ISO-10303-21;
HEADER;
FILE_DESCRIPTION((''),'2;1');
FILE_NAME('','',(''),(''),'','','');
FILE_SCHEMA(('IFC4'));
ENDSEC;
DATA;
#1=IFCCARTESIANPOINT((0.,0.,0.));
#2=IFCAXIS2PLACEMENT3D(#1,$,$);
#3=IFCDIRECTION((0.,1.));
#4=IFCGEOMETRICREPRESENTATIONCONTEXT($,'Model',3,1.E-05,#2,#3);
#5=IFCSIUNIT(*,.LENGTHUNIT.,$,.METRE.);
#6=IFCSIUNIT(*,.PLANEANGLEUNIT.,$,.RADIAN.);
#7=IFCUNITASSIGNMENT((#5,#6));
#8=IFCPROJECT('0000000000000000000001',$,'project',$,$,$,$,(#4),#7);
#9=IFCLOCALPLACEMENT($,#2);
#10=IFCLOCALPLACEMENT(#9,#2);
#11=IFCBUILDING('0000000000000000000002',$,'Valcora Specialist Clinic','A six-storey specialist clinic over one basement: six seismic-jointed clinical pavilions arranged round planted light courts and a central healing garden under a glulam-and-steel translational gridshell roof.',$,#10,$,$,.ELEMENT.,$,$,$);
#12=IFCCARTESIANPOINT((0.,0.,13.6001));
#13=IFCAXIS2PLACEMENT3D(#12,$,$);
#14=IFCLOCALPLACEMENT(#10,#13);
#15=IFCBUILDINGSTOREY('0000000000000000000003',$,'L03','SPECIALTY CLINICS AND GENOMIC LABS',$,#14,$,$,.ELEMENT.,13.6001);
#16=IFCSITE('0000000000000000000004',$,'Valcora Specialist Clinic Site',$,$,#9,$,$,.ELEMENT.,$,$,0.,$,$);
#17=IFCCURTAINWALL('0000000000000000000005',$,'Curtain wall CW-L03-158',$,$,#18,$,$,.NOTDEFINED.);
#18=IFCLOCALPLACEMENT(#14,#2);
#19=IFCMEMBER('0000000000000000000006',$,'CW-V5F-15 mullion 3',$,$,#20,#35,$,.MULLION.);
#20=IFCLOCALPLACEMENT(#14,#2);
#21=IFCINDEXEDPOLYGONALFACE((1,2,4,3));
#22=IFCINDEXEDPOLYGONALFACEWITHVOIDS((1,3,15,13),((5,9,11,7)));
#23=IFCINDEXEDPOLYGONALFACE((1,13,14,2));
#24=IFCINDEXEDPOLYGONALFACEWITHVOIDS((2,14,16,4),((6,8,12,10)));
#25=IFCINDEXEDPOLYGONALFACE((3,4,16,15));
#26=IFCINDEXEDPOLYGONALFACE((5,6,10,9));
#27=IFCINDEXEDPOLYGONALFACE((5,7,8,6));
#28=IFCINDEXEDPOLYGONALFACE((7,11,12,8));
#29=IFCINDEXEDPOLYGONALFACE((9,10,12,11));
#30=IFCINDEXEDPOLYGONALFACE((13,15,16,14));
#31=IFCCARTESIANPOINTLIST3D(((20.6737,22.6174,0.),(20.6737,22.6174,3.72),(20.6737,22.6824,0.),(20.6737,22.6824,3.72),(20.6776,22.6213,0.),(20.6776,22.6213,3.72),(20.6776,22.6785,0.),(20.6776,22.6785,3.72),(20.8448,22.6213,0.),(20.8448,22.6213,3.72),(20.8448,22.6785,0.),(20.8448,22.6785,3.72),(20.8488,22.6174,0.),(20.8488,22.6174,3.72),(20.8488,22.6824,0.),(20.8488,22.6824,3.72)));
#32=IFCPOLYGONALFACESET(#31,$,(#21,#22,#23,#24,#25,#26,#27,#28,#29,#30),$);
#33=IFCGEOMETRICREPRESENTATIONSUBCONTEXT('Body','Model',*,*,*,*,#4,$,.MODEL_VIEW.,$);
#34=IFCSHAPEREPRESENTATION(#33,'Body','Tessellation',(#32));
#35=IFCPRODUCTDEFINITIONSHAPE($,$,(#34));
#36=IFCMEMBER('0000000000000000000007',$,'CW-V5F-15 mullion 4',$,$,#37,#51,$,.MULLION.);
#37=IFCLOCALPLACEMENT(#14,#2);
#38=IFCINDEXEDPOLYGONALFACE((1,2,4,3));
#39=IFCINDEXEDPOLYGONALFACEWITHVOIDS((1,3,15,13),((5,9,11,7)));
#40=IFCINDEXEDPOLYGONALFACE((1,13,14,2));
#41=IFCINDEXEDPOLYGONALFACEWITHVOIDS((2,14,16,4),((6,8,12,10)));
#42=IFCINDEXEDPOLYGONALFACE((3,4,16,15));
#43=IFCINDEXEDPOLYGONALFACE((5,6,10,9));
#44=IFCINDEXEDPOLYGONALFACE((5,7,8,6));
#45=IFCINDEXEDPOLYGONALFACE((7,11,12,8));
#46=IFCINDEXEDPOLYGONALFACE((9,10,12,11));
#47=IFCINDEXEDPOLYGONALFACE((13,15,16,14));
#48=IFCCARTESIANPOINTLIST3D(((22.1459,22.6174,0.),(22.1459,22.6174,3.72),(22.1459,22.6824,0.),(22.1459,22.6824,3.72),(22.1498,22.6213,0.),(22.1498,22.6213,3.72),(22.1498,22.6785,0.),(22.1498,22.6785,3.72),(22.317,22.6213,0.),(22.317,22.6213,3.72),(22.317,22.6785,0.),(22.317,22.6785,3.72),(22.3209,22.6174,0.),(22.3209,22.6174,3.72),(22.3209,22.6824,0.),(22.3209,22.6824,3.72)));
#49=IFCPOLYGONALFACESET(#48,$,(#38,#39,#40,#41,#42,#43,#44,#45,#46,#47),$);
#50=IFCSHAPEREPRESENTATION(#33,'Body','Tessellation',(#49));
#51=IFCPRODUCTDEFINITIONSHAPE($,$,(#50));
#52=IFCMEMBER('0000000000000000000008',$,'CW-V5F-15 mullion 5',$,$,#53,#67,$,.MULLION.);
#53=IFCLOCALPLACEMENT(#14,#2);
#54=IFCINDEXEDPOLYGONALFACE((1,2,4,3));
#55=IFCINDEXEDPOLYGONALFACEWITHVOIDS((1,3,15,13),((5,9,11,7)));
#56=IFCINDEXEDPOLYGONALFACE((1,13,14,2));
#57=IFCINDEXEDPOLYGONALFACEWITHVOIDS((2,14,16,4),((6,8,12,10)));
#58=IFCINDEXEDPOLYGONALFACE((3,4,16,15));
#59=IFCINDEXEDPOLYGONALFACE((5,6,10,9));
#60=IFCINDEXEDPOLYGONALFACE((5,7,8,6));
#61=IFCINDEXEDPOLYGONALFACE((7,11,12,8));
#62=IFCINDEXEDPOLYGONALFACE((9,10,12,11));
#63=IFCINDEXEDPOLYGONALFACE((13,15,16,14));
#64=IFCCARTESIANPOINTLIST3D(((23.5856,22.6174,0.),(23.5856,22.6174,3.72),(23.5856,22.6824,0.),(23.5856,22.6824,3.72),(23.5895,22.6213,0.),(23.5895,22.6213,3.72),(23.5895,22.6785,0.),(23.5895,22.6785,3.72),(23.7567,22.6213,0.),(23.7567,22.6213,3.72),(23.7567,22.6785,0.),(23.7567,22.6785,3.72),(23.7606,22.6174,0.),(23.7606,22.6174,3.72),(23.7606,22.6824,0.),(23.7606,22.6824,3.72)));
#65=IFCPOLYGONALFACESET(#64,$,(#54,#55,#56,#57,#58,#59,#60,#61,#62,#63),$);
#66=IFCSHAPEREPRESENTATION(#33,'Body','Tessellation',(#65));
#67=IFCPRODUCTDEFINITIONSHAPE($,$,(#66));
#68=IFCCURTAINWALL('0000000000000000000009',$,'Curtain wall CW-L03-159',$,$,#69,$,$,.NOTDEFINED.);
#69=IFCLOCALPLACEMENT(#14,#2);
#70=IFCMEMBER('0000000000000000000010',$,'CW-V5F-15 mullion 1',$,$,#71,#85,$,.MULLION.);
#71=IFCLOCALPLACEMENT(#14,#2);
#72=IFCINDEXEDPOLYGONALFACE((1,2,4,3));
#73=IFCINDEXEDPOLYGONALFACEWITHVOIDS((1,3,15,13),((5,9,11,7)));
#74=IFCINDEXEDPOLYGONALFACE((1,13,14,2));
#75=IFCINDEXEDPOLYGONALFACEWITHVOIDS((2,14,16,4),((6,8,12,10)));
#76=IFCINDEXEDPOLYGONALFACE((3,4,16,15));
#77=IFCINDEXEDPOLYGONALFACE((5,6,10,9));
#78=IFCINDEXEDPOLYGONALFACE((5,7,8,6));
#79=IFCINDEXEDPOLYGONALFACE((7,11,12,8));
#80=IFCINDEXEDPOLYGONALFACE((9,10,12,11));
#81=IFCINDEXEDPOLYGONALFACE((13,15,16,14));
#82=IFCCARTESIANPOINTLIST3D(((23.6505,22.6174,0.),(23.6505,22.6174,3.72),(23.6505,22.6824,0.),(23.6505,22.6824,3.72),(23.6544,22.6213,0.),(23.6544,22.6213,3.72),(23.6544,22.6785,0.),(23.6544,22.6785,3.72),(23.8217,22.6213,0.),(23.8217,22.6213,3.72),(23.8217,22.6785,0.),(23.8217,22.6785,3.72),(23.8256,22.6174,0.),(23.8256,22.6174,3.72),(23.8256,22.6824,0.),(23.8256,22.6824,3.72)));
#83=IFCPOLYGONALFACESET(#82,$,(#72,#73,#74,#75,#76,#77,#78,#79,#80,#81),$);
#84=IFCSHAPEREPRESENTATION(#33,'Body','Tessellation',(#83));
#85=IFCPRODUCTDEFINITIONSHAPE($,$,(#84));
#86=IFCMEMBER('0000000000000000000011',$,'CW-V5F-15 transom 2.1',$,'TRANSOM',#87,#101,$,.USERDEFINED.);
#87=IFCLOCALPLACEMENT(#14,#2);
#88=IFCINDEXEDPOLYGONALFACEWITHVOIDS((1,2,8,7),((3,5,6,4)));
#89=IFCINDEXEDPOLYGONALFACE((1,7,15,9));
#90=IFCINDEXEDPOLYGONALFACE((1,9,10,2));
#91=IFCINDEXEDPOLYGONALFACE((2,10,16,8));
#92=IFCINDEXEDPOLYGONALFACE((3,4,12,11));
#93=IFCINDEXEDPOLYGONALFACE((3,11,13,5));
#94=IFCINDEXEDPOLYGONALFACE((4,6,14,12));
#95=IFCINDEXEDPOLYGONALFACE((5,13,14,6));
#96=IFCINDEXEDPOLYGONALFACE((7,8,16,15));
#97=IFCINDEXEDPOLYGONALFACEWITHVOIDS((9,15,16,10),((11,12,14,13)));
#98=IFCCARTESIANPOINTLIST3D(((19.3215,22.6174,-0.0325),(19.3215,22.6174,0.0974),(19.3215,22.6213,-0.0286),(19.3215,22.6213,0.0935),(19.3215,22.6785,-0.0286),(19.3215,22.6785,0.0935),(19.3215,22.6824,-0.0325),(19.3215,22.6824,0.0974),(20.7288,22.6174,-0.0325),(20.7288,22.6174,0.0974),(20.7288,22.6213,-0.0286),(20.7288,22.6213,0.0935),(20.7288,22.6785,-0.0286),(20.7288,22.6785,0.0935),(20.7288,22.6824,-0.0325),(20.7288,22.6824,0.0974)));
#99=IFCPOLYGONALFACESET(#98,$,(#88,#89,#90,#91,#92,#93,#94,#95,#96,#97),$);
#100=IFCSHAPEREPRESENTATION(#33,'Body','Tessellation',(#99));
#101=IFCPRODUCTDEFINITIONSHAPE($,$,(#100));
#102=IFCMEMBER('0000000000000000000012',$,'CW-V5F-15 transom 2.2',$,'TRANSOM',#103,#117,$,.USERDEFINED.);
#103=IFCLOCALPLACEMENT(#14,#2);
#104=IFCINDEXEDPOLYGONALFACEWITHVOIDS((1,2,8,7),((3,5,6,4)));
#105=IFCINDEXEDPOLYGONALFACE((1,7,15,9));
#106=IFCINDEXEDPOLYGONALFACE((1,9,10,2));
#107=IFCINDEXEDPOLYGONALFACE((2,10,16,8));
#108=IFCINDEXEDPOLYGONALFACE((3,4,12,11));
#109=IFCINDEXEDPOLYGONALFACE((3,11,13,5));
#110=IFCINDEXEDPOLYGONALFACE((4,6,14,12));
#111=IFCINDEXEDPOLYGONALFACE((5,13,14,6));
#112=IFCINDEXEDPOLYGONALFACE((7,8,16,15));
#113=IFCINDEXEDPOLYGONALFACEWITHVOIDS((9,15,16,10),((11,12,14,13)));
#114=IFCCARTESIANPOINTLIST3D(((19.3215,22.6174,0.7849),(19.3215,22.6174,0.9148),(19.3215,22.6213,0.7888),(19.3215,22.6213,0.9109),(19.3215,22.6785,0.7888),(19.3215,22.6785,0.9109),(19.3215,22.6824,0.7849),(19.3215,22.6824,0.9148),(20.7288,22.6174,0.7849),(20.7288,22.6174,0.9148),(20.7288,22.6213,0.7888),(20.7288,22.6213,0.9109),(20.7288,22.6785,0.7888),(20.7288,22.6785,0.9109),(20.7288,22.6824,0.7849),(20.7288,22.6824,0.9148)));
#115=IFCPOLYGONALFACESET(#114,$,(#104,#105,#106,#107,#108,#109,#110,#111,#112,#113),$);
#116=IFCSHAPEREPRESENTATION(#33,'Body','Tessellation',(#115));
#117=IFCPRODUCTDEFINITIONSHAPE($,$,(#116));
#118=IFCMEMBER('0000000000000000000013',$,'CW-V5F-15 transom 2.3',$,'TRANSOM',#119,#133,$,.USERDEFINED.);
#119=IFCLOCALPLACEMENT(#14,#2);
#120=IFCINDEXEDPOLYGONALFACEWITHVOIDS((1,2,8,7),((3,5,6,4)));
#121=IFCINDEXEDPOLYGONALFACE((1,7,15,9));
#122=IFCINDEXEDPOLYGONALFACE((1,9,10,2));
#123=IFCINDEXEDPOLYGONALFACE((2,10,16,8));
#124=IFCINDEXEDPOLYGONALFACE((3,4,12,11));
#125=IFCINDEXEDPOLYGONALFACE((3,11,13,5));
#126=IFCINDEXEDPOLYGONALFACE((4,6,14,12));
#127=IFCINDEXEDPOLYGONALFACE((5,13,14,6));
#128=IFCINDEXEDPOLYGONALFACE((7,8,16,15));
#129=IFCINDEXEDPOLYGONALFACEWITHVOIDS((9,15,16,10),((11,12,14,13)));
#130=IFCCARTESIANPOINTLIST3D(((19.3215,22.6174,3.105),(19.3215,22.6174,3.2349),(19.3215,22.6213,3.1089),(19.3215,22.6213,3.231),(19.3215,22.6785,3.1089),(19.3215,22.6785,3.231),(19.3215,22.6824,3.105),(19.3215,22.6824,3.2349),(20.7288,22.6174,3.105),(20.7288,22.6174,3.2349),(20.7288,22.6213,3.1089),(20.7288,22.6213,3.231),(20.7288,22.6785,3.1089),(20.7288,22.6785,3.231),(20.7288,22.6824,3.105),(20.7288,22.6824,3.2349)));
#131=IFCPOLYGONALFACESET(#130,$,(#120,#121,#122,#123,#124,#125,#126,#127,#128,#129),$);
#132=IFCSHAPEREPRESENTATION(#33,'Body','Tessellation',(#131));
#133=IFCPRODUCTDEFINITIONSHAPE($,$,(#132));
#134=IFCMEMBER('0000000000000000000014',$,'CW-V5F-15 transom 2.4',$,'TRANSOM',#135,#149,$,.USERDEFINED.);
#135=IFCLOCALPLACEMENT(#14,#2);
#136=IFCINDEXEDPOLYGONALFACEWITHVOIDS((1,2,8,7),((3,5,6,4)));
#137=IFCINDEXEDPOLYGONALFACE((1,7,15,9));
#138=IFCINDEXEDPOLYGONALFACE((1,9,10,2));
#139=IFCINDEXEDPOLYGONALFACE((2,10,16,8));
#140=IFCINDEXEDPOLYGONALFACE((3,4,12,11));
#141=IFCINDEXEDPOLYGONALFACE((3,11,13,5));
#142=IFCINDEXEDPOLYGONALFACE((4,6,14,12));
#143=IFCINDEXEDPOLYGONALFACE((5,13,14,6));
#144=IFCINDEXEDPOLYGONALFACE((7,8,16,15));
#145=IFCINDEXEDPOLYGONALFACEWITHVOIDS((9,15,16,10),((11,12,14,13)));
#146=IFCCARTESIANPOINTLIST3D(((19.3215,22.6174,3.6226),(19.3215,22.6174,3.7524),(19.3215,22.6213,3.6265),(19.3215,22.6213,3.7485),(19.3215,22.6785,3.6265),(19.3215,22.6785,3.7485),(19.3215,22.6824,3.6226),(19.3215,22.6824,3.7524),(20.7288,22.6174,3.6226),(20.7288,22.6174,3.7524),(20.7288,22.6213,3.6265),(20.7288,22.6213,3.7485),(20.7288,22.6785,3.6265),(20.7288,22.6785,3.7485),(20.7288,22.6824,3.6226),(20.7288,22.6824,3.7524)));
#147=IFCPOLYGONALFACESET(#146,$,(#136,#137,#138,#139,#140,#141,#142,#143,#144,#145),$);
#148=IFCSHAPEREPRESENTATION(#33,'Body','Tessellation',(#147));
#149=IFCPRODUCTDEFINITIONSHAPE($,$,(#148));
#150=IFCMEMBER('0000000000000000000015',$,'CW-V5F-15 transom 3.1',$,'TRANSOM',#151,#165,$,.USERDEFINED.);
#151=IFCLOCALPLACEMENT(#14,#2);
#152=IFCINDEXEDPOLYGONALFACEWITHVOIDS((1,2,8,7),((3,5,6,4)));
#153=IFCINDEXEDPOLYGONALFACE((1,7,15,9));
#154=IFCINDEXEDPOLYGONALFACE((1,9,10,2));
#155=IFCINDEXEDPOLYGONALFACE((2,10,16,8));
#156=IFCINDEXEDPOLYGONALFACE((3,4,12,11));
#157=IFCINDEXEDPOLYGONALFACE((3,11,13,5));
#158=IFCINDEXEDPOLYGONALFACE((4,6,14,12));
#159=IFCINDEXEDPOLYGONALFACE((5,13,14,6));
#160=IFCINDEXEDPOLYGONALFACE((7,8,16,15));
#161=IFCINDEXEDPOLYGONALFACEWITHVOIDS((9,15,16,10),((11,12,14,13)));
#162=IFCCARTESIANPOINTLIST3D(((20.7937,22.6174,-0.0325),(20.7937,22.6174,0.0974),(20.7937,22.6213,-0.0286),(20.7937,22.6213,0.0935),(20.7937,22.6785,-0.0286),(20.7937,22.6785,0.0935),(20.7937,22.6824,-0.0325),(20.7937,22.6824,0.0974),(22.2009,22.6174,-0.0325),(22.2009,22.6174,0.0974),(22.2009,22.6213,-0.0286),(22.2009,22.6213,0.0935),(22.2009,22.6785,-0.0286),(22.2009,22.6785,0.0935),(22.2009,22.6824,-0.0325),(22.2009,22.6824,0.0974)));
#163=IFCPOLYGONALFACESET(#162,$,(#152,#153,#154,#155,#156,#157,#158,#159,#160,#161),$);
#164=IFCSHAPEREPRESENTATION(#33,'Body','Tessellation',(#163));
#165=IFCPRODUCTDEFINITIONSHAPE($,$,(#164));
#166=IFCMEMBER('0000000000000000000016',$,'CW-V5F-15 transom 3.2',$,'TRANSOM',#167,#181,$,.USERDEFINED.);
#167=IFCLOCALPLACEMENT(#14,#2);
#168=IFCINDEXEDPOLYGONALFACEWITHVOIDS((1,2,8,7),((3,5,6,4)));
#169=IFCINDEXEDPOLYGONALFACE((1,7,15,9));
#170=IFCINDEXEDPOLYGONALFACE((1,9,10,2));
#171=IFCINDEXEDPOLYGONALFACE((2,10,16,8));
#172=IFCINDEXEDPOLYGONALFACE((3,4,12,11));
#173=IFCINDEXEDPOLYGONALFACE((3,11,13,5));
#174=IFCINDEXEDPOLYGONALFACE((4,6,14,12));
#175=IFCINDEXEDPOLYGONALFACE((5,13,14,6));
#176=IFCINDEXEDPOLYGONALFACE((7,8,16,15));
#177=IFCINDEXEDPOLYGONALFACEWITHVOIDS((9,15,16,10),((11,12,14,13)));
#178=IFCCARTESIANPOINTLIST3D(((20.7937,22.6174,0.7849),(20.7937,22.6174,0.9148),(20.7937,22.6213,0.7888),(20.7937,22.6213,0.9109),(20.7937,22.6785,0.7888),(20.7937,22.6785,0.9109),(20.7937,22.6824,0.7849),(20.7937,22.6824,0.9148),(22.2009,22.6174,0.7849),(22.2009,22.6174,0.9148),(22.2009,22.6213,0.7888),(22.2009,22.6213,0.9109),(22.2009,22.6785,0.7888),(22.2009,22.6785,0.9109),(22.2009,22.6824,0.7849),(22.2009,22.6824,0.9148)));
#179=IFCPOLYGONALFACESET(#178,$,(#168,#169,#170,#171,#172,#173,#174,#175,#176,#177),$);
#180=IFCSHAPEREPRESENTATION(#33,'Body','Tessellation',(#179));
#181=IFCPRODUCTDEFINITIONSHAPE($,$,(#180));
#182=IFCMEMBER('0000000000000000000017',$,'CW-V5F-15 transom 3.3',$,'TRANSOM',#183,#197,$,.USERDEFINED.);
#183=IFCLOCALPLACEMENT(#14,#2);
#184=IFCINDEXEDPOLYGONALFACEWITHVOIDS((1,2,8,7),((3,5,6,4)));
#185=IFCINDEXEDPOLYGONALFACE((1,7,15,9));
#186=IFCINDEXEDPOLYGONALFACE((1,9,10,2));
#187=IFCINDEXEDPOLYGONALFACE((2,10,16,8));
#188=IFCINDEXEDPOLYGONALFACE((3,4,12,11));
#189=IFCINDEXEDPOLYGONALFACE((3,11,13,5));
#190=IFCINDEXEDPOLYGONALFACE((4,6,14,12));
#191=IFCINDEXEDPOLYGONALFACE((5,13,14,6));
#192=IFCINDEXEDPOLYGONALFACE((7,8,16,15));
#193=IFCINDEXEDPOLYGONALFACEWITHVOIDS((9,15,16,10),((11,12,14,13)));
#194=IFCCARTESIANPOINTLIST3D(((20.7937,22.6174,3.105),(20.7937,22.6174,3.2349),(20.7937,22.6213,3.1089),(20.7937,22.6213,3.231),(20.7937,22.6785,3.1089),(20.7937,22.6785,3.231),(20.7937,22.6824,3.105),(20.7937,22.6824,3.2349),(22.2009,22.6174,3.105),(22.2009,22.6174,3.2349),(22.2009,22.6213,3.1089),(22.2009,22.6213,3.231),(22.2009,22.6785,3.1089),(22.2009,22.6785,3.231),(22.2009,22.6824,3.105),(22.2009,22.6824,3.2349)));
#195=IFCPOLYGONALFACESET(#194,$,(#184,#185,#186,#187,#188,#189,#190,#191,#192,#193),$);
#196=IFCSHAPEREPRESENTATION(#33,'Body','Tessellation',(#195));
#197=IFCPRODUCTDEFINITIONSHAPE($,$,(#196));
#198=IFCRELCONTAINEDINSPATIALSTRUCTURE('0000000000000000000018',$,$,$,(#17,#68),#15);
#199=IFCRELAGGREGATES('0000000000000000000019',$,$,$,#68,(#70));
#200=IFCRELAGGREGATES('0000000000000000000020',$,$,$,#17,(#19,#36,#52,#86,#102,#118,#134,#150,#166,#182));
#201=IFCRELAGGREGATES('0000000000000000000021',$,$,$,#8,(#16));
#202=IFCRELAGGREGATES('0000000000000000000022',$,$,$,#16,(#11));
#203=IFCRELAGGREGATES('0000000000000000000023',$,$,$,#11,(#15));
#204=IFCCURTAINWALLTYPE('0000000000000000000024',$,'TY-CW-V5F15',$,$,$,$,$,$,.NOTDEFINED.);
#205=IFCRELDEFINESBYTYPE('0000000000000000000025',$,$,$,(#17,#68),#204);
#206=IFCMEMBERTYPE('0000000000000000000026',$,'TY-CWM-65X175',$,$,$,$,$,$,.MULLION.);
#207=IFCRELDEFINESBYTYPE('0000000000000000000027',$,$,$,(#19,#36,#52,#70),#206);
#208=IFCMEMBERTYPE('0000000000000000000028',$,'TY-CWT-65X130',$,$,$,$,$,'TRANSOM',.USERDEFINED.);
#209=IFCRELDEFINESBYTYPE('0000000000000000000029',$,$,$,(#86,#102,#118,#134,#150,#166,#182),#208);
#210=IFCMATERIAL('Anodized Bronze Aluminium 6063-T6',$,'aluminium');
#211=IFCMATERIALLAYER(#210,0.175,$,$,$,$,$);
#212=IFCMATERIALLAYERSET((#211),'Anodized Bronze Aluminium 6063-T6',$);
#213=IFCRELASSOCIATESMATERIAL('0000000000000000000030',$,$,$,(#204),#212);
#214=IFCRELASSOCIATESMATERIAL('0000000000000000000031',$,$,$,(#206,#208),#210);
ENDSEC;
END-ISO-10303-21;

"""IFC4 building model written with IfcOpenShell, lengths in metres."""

from ifc_helpers import new_model, si_unit, direction, frame, origin, origin_2d, place, context, subcontext, project, spatial, hollow_rectangle, extrude, material, layer, layer_set, material_profile, profile_set, type_object, element, aggregate, save


model = new_model("IFC4")

# Units and contexts
model_context = context("Model", 3, precision=1e-05, world=origin(), true_north=direction((0.0, 1.0)))
body_context = subcontext(model_context, "Body", "Model", "MODEL_VIEW")
ifc_project = project(units=[si_unit("LENGTHUNIT", "METRE"), si_unit("PLANEANGLEUNIT", "RADIAN")], contexts=[model_context])

# Site, building, storey
site_placement = place(None, origin())
site = spatial("IfcSite", under=ifc_project, at=site_placement, Name="Valcora Specialist Clinic Site", CompositionType="ELEMENT", RefElevation=0.0)
building_placement = place(site_placement, origin())
building = spatial("IfcBuilding", under=site, at=building_placement, Name="Valcora Specialist Clinic", Description="A six-storey specialist clinic over one basement: six seismic-jointed clinical pavilions arranged round planted light courts and a central healing garden under a glulam-and-steel translational gridshell roof.", CompositionType="ELEMENT")
storey_placement = place(building_placement, frame((0.0, 0.0, 13.6001)))
storey = spatial("IfcBuildingStorey", under=building, at=storey_placement, Name="L03", Description="SPECIALTY CLINICS AND GENOMIC LABS", CompositionType="ELEMENT", Elevation=13.6001)

# Curtain wall, members
ifc_material_1 = material(Name="Anodized Bronze Aluminium 6063-T6", Category="aluminium")
ifc_layer_1 = layer(ifc_material_1, 0.175)
ifc_layer_set_1 = layer_set([ifc_layer_1], Name="Anodized Bronze Aluminium 6063-T6")
curtain_wall_type = type_object("IfcCurtainWallType", Name="TY-CW-V5F15", PredefinedType="NOTDEFINED", material=ifc_layer_set_1)
curtain_wall_1_placement = place(storey_placement, origin())
curtain_wall_1 = element("IfcCurtainWall", 1, at=curtain_wall_1_placement, inside=storey, type_object=curtain_wall_type, Name="Curtain wall CW-L03-158", PredefinedType="NOTDEFINED")
ifc_material_profile_1 = material_profile(ifc_material_1, hollow_rectangle(XDim=0.0649, YDim=0.175, WallThickness=0.0039, at=origin_2d()), Name="AL-MUL-65X175")
ifc_profile_set_1 = profile_set([ifc_material_profile_1], Name="Anodized Bronze Aluminium 6063-T6")
member_type_1 = type_object("IfcMemberType", Name="TY-CWM-65X175", PredefinedType="MULLION", material=ifc_profile_set_1)
member_1_placement = place(storey_placement, frame((20.7612, 22.6499, 0.0), z_axis=(0.0, 0.0, 1.0), x_axis=(0.0, 1.0, 0.0)))
member_1 = element("IfcMember", 2, at=member_1_placement, type_object=member_type_1, Name="CW-V5F-15 mullion 3", PredefinedType="MULLION", context=body_context, shape_type="SweptSolid", body=[
    extrude(hollow_rectangle(XDim=0.0649, YDim=0.175, WallThickness=0.0039, at=origin_2d()), origin(), (0.0, 0.0, 1.0), 3.72),
])
member_2_placement = place(storey_placement, frame((22.2334, 22.6499, 0.0), z_axis=(0.0, 0.0, 1.0), x_axis=(0.0, 1.0, 0.0)))
member_2 = element("IfcMember", 3, at=member_2_placement, type_object=member_type_1, Name="CW-V5F-15 mullion 4", PredefinedType="MULLION", context=body_context, shape_type="SweptSolid", body=[
    extrude(hollow_rectangle(XDim=0.0649, YDim=0.175, WallThickness=0.0039, at=origin_2d()), origin(), (0.0, 0.0, 1.0), 3.72),
])
member_3_placement = place(storey_placement, frame((23.6731, 22.6499, 0.0), z_axis=(0.0, 0.0, 1.0), x_axis=(0.0, 1.0, 0.0)))
member_3 = element("IfcMember", 4, at=member_3_placement, type_object=member_type_1, Name="CW-V5F-15 mullion 5", PredefinedType="MULLION", context=body_context, shape_type="SweptSolid", body=[
    extrude(hollow_rectangle(XDim=0.0649, YDim=0.175, WallThickness=0.0039, at=origin_2d()), origin(), (0.0, 0.0, 1.0), 3.72),
])

# Curtain wall, member
curtain_wall_2_placement = place(storey_placement, origin())
curtain_wall_2 = element("IfcCurtainWall", 5, at=curtain_wall_2_placement, inside=storey, type_object=curtain_wall_type, Name="Curtain wall CW-L03-159", PredefinedType="NOTDEFINED")
member_4_placement = place(storey_placement, frame((23.738, 22.6499, 0.0), z_axis=(0.0, 0.0, 1.0), x_axis=(0.0, 1.0, 0.0)))
member_4 = element("IfcMember", 6, at=member_4_placement, type_object=member_type_1, Name="CW-V5F-15 mullion 1", PredefinedType="MULLION", context=body_context, shape_type="SweptSolid", body=[
    extrude(hollow_rectangle(XDim=0.0649, YDim=0.175, WallThickness=0.0039, at=origin_2d()), origin(), (0.0, 0.0, 1.0), 3.72),
])

# Members
ifc_material_profile_2 = material_profile(ifc_material_1, hollow_rectangle(XDim=0.0649, YDim=0.1299, WallThickness=0.0039, at=origin_2d()), Name="AL-TRN-65X130")
ifc_profile_set_2 = profile_set([ifc_material_profile_2], Name="Anodized Bronze Aluminium 6063-T6")
member_type_2 = type_object("IfcMemberType", Name="TY-CWT-65X130", ElementType="TRANSOM", PredefinedType="USERDEFINED", material=ifc_profile_set_2)
member_5_placement = place(storey_placement, frame((19.3215, 22.6499, 0.0325), z_axis=(1.0, 0.0, 0.0), x_axis=(0.0, 1.0, 0.0)))
member_5 = element("IfcMember", 7, at=member_5_placement, type_object=member_type_2, Name="CW-V5F-15 transom 2.1", ObjectType="TRANSOM", PredefinedType="USERDEFINED", context=body_context, shape_type="SweptSolid", body=[
    extrude(hollow_rectangle(XDim=0.0649, YDim=0.1299, WallThickness=0.0039, at=origin_2d()), origin(), (0.0, 0.0, 1.0), 1.4072),
])
member_6_placement = place(storey_placement, frame((19.3215, 22.6499, 0.8499), z_axis=(1.0, 0.0, 0.0), x_axis=(0.0, 1.0, 0.0)))
member_6 = element("IfcMember", 8, at=member_6_placement, type_object=member_type_2, Name="CW-V5F-15 transom 2.2", ObjectType="TRANSOM", PredefinedType="USERDEFINED", context=body_context, shape_type="SweptSolid", body=[
    extrude(hollow_rectangle(XDim=0.0649, YDim=0.1299, WallThickness=0.0039, at=origin_2d()), origin(), (0.0, 0.0, 1.0), 1.4072),
])
member_7_placement = place(storey_placement, frame((19.3215, 22.6499, 3.1699), z_axis=(1.0, 0.0, 0.0), x_axis=(0.0, 1.0, 0.0)))
member_7 = element("IfcMember", 9, at=member_7_placement, type_object=member_type_2, Name="CW-V5F-15 transom 2.3", ObjectType="TRANSOM", PredefinedType="USERDEFINED", context=body_context, shape_type="SweptSolid", body=[
    extrude(hollow_rectangle(XDim=0.0649, YDim=0.1299, WallThickness=0.0039, at=origin_2d()), origin(), (0.0, 0.0, 1.0), 1.4072),
])
member_8_placement = place(storey_placement, frame((19.3215, 22.6499, 3.6875), z_axis=(1.0, 0.0, 0.0), x_axis=(0.0, 1.0, 0.0)))
member_8 = element("IfcMember", 10, at=member_8_placement, type_object=member_type_2, Name="CW-V5F-15 transom 2.4", ObjectType="TRANSOM", PredefinedType="USERDEFINED", context=body_context, shape_type="SweptSolid", body=[
    extrude(hollow_rectangle(XDim=0.0649, YDim=0.1299, WallThickness=0.0039, at=origin_2d()), origin(), (0.0, 0.0, 1.0), 1.4072),
])
member_9_placement = place(storey_placement, frame((20.7937, 22.6499, 0.0325), z_axis=(1.0, 0.0, 0.0), x_axis=(0.0, 1.0, 0.0)))
member_9 = element("IfcMember", 11, at=member_9_placement, type_object=member_type_2, Name="CW-V5F-15 transom 3.1", ObjectType="TRANSOM", PredefinedType="USERDEFINED", context=body_context, shape_type="SweptSolid", body=[
    extrude(hollow_rectangle(XDim=0.0649, YDim=0.1299, WallThickness=0.0039, at=origin_2d()), origin(), (0.0, 0.0, 1.0), 1.4072),
])
member_10_placement = place(storey_placement, frame((20.7937, 22.6499, 0.8499), z_axis=(1.0, 0.0, 0.0), x_axis=(0.0, 1.0, 0.0)))
member_10 = element("IfcMember", 12, at=member_10_placement, type_object=member_type_2, Name="CW-V5F-15 transom 3.2", ObjectType="TRANSOM", PredefinedType="USERDEFINED", context=body_context, shape_type="SweptSolid", body=[
    extrude(hollow_rectangle(XDim=0.0649, YDim=0.1299, WallThickness=0.0039, at=origin_2d()), origin(), (0.0, 0.0, 1.0), 1.4072),
])
member_11_placement = place(storey_placement, frame((20.7937, 22.6499, 3.1699), z_axis=(1.0, 0.0, 0.0), x_axis=(0.0, 1.0, 0.0)))
member_11 = element("IfcMember", 13, at=member_11_placement, type_object=member_type_2, Name="CW-V5F-15 transom 3.3", ObjectType="TRANSOM", PredefinedType="USERDEFINED", context=body_context, shape_type="SweptSolid", body=[
    extrude(hollow_rectangle(XDim=0.0649, YDim=0.1299, WallThickness=0.0039, at=origin_2d()), origin(), (0.0, 0.0, 1.0), 1.4072),
])
aggregate(curtain_wall_2, [member_4])

aggregate(curtain_wall_1, [member_1, member_2, member_3, member_5, member_6, member_7, member_8, member_9, member_10, member_11])

save(model, "model.ifc")
